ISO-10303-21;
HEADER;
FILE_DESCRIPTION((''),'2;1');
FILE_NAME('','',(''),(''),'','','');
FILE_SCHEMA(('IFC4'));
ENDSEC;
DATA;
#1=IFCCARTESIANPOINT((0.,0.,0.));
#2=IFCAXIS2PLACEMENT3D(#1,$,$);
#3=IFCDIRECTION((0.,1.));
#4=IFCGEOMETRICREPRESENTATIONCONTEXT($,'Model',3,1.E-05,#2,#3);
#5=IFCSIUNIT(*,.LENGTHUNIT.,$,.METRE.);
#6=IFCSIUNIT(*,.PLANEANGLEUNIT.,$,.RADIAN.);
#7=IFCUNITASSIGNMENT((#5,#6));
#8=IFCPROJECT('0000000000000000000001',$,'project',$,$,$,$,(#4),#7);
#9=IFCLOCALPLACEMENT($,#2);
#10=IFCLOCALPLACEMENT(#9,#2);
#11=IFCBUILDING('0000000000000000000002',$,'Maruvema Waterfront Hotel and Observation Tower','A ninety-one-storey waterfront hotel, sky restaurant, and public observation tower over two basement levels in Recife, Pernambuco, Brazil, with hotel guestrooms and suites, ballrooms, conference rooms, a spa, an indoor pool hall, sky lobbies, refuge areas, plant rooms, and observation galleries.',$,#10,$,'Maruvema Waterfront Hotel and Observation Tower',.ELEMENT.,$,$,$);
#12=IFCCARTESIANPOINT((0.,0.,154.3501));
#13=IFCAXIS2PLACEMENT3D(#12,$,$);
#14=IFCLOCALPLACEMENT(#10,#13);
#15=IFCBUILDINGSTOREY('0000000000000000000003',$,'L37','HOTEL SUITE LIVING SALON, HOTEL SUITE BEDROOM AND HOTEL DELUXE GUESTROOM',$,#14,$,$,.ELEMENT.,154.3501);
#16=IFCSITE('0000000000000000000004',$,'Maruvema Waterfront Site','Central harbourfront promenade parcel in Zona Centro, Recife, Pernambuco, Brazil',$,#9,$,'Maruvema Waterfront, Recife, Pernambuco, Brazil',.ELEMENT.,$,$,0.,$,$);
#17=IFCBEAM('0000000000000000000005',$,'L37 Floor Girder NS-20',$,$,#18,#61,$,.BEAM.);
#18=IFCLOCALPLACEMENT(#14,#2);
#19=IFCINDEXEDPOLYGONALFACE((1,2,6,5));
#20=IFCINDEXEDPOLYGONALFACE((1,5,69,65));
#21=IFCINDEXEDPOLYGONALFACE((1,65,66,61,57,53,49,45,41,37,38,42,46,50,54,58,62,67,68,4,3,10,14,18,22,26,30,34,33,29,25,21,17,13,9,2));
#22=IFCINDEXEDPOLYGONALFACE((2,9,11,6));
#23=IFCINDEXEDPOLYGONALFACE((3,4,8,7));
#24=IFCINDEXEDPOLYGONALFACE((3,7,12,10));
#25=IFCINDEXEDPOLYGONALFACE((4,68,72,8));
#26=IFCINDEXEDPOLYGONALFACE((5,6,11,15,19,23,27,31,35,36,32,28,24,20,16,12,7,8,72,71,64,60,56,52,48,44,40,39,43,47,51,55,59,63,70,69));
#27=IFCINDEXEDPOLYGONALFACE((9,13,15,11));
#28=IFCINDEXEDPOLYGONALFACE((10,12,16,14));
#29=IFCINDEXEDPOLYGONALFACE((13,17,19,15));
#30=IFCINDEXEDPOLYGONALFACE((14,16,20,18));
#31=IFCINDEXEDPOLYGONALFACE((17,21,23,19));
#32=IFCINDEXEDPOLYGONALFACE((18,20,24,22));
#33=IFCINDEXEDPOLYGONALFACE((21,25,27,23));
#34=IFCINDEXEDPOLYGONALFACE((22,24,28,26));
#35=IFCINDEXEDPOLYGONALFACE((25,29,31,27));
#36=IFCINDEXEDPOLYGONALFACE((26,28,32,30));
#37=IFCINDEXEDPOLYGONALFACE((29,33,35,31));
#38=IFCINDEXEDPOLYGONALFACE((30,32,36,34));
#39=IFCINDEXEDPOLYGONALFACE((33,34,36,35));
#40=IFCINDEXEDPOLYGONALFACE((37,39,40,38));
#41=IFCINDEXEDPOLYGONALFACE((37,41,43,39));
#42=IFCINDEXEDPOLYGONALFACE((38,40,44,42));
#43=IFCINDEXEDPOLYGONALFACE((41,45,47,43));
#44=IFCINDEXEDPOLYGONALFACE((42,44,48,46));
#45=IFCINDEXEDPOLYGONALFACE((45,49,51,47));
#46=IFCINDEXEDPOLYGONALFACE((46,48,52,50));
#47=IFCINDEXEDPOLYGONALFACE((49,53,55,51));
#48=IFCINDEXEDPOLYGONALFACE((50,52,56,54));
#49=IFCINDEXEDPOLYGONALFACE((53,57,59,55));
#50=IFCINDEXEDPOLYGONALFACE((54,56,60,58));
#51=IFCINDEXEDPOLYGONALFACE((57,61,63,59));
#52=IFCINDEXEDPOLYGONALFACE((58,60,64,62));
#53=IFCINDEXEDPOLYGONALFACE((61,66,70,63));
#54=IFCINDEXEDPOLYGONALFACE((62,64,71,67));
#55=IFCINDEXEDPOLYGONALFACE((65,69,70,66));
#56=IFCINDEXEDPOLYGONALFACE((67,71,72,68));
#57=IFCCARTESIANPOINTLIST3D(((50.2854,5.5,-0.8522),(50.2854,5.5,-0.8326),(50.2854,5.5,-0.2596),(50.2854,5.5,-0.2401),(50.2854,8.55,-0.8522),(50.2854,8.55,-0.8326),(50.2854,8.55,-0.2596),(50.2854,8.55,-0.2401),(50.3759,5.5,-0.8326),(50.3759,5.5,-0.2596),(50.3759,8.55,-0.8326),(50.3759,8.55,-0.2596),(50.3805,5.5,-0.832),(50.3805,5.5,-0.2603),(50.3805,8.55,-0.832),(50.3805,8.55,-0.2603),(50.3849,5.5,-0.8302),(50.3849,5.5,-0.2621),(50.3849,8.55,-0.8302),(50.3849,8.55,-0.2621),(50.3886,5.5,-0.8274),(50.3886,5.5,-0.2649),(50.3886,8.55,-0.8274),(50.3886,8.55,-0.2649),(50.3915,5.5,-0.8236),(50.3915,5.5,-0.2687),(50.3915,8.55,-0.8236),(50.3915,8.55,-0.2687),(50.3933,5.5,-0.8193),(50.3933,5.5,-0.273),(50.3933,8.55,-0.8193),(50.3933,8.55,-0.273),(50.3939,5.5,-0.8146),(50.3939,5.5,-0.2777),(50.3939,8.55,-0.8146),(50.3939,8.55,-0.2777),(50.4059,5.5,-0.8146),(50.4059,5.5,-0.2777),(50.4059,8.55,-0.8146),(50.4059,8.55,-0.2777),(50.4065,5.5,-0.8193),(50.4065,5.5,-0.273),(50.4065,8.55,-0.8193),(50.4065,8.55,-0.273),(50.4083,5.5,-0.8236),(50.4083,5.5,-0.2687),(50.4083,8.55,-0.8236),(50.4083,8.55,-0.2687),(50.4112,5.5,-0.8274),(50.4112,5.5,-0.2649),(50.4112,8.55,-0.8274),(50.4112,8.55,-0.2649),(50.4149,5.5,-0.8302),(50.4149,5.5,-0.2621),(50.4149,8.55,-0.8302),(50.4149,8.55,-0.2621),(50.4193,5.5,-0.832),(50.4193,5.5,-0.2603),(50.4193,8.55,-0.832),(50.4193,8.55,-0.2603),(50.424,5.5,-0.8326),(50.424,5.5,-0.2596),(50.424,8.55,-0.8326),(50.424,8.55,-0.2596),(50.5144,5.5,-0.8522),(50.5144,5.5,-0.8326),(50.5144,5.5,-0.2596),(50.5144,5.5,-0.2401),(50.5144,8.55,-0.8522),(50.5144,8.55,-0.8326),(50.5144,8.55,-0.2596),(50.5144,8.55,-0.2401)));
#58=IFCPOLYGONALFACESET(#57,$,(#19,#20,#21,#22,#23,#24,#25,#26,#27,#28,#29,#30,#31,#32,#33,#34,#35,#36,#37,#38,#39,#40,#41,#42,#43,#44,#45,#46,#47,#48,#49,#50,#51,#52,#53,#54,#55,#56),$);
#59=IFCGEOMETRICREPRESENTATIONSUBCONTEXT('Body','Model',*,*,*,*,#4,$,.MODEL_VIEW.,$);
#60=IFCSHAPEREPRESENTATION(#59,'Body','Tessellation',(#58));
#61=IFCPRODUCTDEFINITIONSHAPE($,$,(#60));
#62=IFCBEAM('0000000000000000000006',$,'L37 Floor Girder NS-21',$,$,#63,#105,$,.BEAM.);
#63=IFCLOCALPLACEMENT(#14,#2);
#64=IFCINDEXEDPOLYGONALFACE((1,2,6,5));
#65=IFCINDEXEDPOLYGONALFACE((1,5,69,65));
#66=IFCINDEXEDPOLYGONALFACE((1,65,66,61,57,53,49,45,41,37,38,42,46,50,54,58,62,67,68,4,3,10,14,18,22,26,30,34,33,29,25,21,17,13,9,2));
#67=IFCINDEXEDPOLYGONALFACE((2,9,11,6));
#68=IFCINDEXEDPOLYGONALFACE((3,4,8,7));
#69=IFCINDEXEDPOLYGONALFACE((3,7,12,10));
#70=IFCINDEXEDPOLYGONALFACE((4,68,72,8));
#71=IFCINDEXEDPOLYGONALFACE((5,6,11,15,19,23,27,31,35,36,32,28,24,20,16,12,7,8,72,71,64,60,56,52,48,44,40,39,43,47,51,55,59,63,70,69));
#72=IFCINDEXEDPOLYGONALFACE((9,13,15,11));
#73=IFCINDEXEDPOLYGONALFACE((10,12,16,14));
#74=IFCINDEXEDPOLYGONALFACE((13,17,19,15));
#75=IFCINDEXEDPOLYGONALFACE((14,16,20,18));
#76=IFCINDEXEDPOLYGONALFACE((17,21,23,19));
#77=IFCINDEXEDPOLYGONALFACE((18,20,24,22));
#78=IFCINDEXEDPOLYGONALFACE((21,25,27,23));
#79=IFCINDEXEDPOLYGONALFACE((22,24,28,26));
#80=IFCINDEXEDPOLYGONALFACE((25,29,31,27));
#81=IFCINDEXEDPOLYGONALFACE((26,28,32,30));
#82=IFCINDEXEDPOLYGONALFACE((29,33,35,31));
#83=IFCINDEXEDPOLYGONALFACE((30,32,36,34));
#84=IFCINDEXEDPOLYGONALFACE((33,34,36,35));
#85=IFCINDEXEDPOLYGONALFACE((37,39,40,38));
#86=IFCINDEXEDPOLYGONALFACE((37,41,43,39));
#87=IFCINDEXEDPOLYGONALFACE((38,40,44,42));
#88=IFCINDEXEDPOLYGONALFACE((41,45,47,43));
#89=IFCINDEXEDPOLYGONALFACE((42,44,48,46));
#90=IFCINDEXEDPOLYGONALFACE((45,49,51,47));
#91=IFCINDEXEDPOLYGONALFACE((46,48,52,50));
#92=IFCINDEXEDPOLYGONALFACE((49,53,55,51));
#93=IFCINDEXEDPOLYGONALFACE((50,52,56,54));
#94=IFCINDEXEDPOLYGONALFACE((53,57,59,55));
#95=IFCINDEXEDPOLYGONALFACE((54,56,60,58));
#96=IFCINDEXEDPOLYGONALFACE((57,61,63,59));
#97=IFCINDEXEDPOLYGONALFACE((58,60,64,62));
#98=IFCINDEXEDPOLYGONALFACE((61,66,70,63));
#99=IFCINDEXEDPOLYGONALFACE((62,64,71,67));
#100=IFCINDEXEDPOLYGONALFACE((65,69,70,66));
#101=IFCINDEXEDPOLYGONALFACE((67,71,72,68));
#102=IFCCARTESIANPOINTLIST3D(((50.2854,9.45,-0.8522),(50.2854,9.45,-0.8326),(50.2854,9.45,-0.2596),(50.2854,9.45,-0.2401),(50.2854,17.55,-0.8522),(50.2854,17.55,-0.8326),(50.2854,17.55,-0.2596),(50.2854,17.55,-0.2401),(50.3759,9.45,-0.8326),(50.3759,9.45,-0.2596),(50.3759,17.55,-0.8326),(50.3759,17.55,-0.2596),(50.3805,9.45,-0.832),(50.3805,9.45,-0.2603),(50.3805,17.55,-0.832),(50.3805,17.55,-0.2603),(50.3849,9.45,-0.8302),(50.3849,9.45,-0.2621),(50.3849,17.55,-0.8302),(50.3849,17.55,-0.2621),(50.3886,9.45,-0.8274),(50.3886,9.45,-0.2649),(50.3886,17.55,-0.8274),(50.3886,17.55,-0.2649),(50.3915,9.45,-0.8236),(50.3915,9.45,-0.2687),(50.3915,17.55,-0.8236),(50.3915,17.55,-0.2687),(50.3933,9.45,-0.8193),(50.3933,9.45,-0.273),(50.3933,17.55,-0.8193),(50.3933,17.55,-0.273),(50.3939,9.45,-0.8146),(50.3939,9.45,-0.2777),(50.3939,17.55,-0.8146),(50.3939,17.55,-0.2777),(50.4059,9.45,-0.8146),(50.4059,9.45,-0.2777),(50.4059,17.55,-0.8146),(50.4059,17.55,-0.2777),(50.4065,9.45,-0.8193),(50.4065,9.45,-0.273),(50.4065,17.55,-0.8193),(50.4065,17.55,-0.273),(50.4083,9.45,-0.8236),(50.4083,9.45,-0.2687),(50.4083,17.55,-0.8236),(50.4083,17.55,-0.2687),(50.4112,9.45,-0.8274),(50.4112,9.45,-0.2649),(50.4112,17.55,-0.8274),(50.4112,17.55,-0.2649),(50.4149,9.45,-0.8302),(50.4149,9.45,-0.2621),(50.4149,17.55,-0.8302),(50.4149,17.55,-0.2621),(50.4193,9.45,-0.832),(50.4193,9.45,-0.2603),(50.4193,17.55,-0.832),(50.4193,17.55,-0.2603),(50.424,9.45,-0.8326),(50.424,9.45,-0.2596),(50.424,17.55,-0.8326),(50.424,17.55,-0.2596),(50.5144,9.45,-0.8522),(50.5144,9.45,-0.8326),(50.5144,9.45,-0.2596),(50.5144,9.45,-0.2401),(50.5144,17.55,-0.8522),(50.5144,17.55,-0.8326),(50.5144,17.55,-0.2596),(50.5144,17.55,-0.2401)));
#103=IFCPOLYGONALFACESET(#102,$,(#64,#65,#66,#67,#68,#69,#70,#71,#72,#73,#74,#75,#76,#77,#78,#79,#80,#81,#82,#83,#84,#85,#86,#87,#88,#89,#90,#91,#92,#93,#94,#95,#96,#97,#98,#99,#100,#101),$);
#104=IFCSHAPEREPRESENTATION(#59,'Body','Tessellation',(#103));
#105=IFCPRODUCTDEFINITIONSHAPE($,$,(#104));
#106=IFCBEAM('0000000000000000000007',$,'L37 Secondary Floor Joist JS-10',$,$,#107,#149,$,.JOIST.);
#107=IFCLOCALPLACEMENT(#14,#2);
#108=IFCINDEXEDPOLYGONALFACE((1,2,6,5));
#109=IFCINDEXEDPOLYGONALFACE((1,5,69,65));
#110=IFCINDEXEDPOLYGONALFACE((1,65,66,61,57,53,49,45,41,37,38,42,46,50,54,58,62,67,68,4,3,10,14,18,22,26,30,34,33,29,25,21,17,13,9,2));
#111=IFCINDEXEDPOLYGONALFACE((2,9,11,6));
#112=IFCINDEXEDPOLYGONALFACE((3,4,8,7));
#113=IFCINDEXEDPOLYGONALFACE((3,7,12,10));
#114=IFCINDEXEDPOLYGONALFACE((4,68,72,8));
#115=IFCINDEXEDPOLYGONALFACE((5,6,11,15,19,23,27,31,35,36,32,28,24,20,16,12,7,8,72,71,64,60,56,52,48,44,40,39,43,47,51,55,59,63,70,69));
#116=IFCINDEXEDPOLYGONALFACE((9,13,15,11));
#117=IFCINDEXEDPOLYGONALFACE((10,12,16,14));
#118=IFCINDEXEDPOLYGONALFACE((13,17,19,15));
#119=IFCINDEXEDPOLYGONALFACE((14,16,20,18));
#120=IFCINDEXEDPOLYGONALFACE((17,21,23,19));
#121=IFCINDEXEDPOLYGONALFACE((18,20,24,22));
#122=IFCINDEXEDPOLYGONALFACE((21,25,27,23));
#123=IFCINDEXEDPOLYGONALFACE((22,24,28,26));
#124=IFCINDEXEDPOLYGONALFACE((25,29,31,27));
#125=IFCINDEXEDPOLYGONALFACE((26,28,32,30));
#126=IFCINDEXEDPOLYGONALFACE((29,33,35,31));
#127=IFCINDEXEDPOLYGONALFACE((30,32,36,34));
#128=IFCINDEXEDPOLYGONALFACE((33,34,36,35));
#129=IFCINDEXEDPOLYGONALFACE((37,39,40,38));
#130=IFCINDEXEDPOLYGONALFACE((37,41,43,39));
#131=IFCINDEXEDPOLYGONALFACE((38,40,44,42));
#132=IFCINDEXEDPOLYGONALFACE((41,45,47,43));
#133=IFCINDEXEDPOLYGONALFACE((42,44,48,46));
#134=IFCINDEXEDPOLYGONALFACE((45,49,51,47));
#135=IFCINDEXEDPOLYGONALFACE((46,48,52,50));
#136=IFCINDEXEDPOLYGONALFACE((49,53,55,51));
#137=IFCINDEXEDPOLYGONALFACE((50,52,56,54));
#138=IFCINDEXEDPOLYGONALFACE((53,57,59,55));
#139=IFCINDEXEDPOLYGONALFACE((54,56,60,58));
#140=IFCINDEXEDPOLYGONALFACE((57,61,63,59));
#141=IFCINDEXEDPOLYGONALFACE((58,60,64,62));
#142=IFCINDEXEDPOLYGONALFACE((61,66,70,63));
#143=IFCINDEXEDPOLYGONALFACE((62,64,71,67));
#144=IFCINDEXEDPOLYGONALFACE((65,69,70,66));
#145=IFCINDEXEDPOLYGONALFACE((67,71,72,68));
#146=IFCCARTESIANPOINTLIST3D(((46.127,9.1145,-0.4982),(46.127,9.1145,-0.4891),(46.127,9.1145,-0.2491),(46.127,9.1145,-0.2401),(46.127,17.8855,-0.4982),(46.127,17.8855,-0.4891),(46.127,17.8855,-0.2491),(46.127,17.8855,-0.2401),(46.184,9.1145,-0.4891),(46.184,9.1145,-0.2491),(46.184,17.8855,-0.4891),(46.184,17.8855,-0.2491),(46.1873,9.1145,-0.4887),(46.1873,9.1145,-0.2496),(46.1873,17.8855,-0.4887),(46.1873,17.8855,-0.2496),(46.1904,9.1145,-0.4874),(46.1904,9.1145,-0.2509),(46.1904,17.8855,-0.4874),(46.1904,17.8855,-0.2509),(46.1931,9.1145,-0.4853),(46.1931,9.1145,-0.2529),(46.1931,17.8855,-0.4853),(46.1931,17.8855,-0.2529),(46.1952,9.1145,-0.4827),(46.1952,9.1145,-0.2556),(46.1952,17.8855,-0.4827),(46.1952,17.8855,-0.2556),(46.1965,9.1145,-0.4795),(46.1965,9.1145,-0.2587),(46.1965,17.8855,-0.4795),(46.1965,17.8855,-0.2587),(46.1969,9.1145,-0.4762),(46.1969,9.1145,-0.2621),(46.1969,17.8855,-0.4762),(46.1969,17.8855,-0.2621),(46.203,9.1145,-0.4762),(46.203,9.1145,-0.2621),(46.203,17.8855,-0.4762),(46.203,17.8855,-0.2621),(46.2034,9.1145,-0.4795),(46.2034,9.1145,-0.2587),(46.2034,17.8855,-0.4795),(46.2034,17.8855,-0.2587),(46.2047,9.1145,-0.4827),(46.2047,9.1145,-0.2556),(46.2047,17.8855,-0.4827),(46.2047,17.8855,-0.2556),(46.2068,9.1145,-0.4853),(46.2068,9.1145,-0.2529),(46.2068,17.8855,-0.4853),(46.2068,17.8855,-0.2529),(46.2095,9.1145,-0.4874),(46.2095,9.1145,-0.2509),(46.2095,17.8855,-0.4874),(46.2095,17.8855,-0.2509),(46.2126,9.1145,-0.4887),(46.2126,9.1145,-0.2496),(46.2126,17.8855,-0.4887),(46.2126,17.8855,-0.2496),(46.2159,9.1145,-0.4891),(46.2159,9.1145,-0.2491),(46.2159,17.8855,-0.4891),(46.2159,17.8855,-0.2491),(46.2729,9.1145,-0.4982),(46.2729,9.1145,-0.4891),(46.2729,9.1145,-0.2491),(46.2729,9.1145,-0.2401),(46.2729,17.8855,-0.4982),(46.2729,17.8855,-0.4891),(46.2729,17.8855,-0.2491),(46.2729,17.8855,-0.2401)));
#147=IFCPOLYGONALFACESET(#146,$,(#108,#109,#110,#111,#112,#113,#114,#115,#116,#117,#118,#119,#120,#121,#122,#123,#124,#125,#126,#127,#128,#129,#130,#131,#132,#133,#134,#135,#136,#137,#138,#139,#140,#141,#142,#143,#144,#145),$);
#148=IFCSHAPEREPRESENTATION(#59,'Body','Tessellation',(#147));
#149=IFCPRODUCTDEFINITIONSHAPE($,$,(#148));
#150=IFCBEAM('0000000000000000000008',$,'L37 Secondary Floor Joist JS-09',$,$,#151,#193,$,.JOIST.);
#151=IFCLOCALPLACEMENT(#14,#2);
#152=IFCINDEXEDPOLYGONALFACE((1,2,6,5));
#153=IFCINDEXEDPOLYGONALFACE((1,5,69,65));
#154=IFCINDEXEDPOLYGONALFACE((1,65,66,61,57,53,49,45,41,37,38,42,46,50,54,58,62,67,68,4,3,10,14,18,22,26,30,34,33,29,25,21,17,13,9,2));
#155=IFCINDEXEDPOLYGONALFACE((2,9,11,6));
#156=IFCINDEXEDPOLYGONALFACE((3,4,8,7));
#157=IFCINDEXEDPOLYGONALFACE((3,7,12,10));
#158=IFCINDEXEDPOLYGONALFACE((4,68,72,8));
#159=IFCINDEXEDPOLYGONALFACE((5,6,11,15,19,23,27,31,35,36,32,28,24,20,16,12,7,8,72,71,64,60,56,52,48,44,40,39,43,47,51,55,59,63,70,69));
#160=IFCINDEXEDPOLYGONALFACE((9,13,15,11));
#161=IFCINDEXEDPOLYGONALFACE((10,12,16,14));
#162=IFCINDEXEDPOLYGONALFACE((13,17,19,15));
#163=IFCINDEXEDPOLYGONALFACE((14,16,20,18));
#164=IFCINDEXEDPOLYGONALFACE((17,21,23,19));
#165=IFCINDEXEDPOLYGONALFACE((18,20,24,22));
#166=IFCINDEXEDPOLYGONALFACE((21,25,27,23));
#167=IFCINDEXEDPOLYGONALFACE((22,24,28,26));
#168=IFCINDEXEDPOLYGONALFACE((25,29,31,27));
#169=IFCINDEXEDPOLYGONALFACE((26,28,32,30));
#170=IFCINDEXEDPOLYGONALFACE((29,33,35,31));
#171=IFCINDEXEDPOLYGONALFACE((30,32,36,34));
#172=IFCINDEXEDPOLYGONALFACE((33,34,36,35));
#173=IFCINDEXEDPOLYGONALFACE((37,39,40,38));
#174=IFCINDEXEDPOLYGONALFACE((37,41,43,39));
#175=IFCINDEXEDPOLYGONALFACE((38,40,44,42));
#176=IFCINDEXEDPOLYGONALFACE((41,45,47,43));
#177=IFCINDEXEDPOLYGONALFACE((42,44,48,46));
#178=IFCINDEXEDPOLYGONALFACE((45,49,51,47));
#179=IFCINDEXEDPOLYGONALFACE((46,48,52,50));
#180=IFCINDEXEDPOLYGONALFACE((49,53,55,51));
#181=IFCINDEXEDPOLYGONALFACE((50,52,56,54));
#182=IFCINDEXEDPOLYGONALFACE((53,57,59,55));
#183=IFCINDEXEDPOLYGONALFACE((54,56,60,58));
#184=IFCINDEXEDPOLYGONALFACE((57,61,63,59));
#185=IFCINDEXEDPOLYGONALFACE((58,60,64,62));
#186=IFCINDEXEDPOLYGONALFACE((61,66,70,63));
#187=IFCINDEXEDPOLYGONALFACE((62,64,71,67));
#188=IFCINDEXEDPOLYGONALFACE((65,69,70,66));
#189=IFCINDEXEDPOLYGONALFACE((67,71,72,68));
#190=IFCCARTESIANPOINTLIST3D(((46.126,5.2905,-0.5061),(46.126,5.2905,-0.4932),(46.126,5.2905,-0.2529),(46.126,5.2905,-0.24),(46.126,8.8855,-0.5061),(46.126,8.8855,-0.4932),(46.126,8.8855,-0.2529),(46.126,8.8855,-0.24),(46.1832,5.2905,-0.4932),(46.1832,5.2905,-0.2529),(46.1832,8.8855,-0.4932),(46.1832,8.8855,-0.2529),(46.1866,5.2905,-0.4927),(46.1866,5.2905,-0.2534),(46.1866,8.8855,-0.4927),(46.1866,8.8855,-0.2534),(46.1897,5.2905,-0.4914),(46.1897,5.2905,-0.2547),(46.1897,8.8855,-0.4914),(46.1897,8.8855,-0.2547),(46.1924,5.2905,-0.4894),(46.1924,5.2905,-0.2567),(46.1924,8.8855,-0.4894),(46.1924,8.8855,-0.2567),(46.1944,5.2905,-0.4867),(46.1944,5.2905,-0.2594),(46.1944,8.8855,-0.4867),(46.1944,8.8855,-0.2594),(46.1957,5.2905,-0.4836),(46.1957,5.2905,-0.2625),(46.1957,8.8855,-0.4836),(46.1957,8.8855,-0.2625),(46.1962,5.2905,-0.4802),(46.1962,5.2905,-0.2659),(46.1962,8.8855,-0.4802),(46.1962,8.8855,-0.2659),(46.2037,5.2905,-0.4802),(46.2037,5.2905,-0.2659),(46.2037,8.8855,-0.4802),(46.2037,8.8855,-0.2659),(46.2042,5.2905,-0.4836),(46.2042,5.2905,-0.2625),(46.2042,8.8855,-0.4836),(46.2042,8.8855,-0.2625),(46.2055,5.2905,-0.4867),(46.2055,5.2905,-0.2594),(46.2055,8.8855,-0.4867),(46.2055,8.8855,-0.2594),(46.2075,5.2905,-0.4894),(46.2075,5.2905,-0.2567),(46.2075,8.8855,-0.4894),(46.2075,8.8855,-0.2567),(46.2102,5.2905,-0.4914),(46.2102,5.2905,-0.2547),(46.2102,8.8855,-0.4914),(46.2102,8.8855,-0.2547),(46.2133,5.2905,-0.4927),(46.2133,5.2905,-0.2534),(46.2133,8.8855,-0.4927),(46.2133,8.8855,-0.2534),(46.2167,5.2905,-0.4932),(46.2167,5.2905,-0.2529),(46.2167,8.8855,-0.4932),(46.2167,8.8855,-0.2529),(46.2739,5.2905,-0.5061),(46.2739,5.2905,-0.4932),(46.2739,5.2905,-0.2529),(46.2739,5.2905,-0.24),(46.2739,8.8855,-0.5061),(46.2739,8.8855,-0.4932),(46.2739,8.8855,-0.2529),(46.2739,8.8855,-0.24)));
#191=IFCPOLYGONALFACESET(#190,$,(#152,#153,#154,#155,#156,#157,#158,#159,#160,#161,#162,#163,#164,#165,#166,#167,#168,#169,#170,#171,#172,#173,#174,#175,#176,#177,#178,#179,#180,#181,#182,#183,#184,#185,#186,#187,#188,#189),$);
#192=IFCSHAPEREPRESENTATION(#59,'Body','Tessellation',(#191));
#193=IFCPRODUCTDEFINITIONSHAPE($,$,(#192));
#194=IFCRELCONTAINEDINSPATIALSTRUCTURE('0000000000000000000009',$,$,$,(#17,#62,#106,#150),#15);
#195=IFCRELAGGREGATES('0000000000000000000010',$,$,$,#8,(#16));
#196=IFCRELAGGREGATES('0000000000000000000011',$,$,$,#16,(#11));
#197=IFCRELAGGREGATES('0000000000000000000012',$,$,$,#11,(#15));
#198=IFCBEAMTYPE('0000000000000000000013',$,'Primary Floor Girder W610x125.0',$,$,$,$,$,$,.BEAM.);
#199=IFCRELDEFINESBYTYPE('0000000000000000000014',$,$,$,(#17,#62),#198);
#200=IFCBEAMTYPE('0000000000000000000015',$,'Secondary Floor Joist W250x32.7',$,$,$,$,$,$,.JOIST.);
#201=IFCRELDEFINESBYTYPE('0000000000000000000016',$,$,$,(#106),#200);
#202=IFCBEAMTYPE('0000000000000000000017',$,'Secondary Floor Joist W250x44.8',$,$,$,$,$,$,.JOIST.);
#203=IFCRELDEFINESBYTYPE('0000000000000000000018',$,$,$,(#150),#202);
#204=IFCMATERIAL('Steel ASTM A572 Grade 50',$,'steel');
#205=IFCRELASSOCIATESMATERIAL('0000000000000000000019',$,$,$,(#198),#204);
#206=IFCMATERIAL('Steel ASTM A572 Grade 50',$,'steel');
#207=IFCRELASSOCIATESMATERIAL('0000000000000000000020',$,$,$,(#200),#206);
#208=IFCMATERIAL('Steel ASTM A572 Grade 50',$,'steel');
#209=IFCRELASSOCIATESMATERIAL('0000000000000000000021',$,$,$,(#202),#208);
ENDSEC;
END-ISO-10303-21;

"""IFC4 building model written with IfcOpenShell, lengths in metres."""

from ifc_helpers import new_model, si_unit, direction, frame, origin, origin_2d, place, context, subcontext, project, spatial, i_section, extrude, material, material_profile, profile_set, type_object, element, save


model = new_model("IFC4")

# Units and contexts
model_context = context("Model", 3, precision=1e-05, world=origin(), true_north=direction((0.0, 1.0)))
body_context = subcontext(model_context, "Body", "Model", "MODEL_VIEW")
ifc_project = project(units=[si_unit("LENGTHUNIT", "METRE"), si_unit("PLANEANGLEUNIT", "RADIAN")], contexts=[model_context])

# Site, building, storey
site_placement = place(None, origin())
site = spatial("IfcSite", under=ifc_project, at=site_placement, Name="Maruvema Waterfront Site", Description="Central harbourfront promenade parcel in Zona Centro, Recife, Pernambuco, Brazil", LongName="Maruvema Waterfront, Recife, Pernambuco, Brazil", CompositionType="ELEMENT", RefElevation=0.0)
building_placement = place(site_placement, origin())
building = spatial("IfcBuilding", under=site, at=building_placement, Name="Maruvema Waterfront Hotel and Observation Tower", Description="A ninety-one-storey waterfront hotel, sky restaurant, and public observation tower over two basement levels in Recife, Pernambuco, Brazil, with hotel guestrooms and suites, ballrooms, conference rooms, a spa, an indoor pool hall, sky lobbies, refuge areas, plant rooms, and observation galleries.", LongName="Maruvema Waterfront Hotel and Observation Tower", CompositionType="ELEMENT")
storey_placement = place(building_placement, frame((0.0, 0.0, 154.3501)))
storey = spatial("IfcBuildingStorey", under=building, at=storey_placement, Name="L37", Description="HOTEL SUITE LIVING SALON, HOTEL SUITE BEDROOM AND HOTEL DELUXE GUESTROOM", CompositionType="ELEMENT", Elevation=154.3501)

# Beams
ifc_material_1 = material(Name="Steel ASTM A572 Grade 50", Category="steel")
ifc_material_profile_1 = material_profile(ifc_material_1, i_section(OverallWidth=0.229, OverallDepth=0.6121, WebThickness=0.012, FlangeThickness=0.0195, FilletRadius=0.0181, at=origin_2d()), Name="W610x125.0")
ifc_profile_set_1 = profile_set([ifc_material_profile_1], Name="Steel ASTM A572 Grade 50")
beam_type_1 = type_object("IfcBeamType", Name="Primary Floor Girder W610x125.0", PredefinedType="BEAM", material=ifc_profile_set_1)
beam_1_placement = place(storey_placement, frame((50.3999, 5.5, -0.5461), z_axis=(0.0, 1.0, 0.0), x_axis=(-1.0, 0.0, 0.0)))
element("IfcBeam", 1, at=beam_1_placement, inside=storey, type_object=beam_type_1, Name="L37 Floor Girder NS-20", PredefinedType="BEAM", context=body_context, shape_type="SweptSolid", body=[
    extrude(i_section(OverallWidth=0.229, OverallDepth=0.6121, WebThickness=0.012, FlangeThickness=0.0195, FilletRadius=0.0181, at=origin_2d()), origin(), (0.0, 0.0, 1.0), 3.05),
])
beam_2_placement = place(storey_placement, frame((50.3999, 9.45, -0.5461), z_axis=(0.0, 1.0, 0.0), x_axis=(-1.0, 0.0, 0.0)))
element("IfcBeam", 2, at=beam_2_placement, inside=storey, type_object=beam_type_1, Name="L37 Floor Girder NS-21", PredefinedType="BEAM", context=body_context, shape_type="SweptSolid", body=[
    extrude(i_section(OverallWidth=0.229, OverallDepth=0.6121, WebThickness=0.012, FlangeThickness=0.0195, FilletRadius=0.0181, at=origin_2d()), origin(), (0.0, 0.0, 1.0), 8.1001),
])
ifc_material_2 = material(Name="Steel ASTM A572 Grade 50", Category="steel")
ifc_material_profile_2 = material_profile(ifc_material_2, i_section(OverallWidth=0.146, OverallDepth=0.2581, WebThickness=0.0061, FlangeThickness=0.009, FilletRadius=0.0129, at=origin_2d()), Name="W250x32.7")
ifc_profile_set_2 = profile_set([ifc_material_profile_2], Name="Steel ASTM A572 Grade 50")
beam_type_2 = type_object("IfcBeamType", Name="Secondary Floor Joist W250x32.7", PredefinedType="JOIST", material=ifc_profile_set_2)
beam_3_placement = place(storey_placement, frame((46.2, 9.1145, -0.3691), z_axis=(0.0, 1.0, 0.0), x_axis=(-1.0, 0.0, 0.0)))
element("IfcBeam", 3, at=beam_3_placement, inside=storey, type_object=beam_type_2, Name="L37 Secondary Floor Joist JS-10", PredefinedType="JOIST", context=body_context, shape_type="SweptSolid", body=[
    extrude(i_section(OverallWidth=0.146, OverallDepth=0.2581, WebThickness=0.0061, FlangeThickness=0.009, FilletRadius=0.0129, at=origin_2d()), origin(), (0.0, 0.0, 1.0), 8.771),
])
ifc_material_3 = material(Name="Steel ASTM A572 Grade 50", Category="steel")
ifc_material_profile_3 = material_profile(ifc_material_3, i_section(OverallWidth=0.1479, OverallDepth=0.2661, WebThickness=0.0076, FlangeThickness=0.0129, FilletRadius=0.0129, at=origin_2d()), Name="W250x44.8")
ifc_profile_set_3 = profile_set([ifc_material_profile_3], Name="Steel ASTM A572 Grade 50")
beam_type_3 = type_object("IfcBeamType", Name="Secondary Floor Joist W250x44.8", PredefinedType="JOIST", material=ifc_profile_set_3)
beam_4_placement = place(storey_placement, frame((46.2, 5.2905, -0.373), z_axis=(0.0, 1.0, 0.0), x_axis=(-1.0, 0.0, 0.0)))
element("IfcBeam", 4, at=beam_4_placement, inside=storey, type_object=beam_type_3, Name="L37 Secondary Floor Joist JS-09", PredefinedType="JOIST", context=body_context, shape_type="SweptSolid", body=[
    extrude(i_section(OverallWidth=0.1479, OverallDepth=0.2661, WebThickness=0.0076, FlangeThickness=0.0129, FilletRadius=0.0129, at=origin_2d()), origin(), (0.0, 0.0, 1.0), 3.595),
])

save(model, "model.ifc")
